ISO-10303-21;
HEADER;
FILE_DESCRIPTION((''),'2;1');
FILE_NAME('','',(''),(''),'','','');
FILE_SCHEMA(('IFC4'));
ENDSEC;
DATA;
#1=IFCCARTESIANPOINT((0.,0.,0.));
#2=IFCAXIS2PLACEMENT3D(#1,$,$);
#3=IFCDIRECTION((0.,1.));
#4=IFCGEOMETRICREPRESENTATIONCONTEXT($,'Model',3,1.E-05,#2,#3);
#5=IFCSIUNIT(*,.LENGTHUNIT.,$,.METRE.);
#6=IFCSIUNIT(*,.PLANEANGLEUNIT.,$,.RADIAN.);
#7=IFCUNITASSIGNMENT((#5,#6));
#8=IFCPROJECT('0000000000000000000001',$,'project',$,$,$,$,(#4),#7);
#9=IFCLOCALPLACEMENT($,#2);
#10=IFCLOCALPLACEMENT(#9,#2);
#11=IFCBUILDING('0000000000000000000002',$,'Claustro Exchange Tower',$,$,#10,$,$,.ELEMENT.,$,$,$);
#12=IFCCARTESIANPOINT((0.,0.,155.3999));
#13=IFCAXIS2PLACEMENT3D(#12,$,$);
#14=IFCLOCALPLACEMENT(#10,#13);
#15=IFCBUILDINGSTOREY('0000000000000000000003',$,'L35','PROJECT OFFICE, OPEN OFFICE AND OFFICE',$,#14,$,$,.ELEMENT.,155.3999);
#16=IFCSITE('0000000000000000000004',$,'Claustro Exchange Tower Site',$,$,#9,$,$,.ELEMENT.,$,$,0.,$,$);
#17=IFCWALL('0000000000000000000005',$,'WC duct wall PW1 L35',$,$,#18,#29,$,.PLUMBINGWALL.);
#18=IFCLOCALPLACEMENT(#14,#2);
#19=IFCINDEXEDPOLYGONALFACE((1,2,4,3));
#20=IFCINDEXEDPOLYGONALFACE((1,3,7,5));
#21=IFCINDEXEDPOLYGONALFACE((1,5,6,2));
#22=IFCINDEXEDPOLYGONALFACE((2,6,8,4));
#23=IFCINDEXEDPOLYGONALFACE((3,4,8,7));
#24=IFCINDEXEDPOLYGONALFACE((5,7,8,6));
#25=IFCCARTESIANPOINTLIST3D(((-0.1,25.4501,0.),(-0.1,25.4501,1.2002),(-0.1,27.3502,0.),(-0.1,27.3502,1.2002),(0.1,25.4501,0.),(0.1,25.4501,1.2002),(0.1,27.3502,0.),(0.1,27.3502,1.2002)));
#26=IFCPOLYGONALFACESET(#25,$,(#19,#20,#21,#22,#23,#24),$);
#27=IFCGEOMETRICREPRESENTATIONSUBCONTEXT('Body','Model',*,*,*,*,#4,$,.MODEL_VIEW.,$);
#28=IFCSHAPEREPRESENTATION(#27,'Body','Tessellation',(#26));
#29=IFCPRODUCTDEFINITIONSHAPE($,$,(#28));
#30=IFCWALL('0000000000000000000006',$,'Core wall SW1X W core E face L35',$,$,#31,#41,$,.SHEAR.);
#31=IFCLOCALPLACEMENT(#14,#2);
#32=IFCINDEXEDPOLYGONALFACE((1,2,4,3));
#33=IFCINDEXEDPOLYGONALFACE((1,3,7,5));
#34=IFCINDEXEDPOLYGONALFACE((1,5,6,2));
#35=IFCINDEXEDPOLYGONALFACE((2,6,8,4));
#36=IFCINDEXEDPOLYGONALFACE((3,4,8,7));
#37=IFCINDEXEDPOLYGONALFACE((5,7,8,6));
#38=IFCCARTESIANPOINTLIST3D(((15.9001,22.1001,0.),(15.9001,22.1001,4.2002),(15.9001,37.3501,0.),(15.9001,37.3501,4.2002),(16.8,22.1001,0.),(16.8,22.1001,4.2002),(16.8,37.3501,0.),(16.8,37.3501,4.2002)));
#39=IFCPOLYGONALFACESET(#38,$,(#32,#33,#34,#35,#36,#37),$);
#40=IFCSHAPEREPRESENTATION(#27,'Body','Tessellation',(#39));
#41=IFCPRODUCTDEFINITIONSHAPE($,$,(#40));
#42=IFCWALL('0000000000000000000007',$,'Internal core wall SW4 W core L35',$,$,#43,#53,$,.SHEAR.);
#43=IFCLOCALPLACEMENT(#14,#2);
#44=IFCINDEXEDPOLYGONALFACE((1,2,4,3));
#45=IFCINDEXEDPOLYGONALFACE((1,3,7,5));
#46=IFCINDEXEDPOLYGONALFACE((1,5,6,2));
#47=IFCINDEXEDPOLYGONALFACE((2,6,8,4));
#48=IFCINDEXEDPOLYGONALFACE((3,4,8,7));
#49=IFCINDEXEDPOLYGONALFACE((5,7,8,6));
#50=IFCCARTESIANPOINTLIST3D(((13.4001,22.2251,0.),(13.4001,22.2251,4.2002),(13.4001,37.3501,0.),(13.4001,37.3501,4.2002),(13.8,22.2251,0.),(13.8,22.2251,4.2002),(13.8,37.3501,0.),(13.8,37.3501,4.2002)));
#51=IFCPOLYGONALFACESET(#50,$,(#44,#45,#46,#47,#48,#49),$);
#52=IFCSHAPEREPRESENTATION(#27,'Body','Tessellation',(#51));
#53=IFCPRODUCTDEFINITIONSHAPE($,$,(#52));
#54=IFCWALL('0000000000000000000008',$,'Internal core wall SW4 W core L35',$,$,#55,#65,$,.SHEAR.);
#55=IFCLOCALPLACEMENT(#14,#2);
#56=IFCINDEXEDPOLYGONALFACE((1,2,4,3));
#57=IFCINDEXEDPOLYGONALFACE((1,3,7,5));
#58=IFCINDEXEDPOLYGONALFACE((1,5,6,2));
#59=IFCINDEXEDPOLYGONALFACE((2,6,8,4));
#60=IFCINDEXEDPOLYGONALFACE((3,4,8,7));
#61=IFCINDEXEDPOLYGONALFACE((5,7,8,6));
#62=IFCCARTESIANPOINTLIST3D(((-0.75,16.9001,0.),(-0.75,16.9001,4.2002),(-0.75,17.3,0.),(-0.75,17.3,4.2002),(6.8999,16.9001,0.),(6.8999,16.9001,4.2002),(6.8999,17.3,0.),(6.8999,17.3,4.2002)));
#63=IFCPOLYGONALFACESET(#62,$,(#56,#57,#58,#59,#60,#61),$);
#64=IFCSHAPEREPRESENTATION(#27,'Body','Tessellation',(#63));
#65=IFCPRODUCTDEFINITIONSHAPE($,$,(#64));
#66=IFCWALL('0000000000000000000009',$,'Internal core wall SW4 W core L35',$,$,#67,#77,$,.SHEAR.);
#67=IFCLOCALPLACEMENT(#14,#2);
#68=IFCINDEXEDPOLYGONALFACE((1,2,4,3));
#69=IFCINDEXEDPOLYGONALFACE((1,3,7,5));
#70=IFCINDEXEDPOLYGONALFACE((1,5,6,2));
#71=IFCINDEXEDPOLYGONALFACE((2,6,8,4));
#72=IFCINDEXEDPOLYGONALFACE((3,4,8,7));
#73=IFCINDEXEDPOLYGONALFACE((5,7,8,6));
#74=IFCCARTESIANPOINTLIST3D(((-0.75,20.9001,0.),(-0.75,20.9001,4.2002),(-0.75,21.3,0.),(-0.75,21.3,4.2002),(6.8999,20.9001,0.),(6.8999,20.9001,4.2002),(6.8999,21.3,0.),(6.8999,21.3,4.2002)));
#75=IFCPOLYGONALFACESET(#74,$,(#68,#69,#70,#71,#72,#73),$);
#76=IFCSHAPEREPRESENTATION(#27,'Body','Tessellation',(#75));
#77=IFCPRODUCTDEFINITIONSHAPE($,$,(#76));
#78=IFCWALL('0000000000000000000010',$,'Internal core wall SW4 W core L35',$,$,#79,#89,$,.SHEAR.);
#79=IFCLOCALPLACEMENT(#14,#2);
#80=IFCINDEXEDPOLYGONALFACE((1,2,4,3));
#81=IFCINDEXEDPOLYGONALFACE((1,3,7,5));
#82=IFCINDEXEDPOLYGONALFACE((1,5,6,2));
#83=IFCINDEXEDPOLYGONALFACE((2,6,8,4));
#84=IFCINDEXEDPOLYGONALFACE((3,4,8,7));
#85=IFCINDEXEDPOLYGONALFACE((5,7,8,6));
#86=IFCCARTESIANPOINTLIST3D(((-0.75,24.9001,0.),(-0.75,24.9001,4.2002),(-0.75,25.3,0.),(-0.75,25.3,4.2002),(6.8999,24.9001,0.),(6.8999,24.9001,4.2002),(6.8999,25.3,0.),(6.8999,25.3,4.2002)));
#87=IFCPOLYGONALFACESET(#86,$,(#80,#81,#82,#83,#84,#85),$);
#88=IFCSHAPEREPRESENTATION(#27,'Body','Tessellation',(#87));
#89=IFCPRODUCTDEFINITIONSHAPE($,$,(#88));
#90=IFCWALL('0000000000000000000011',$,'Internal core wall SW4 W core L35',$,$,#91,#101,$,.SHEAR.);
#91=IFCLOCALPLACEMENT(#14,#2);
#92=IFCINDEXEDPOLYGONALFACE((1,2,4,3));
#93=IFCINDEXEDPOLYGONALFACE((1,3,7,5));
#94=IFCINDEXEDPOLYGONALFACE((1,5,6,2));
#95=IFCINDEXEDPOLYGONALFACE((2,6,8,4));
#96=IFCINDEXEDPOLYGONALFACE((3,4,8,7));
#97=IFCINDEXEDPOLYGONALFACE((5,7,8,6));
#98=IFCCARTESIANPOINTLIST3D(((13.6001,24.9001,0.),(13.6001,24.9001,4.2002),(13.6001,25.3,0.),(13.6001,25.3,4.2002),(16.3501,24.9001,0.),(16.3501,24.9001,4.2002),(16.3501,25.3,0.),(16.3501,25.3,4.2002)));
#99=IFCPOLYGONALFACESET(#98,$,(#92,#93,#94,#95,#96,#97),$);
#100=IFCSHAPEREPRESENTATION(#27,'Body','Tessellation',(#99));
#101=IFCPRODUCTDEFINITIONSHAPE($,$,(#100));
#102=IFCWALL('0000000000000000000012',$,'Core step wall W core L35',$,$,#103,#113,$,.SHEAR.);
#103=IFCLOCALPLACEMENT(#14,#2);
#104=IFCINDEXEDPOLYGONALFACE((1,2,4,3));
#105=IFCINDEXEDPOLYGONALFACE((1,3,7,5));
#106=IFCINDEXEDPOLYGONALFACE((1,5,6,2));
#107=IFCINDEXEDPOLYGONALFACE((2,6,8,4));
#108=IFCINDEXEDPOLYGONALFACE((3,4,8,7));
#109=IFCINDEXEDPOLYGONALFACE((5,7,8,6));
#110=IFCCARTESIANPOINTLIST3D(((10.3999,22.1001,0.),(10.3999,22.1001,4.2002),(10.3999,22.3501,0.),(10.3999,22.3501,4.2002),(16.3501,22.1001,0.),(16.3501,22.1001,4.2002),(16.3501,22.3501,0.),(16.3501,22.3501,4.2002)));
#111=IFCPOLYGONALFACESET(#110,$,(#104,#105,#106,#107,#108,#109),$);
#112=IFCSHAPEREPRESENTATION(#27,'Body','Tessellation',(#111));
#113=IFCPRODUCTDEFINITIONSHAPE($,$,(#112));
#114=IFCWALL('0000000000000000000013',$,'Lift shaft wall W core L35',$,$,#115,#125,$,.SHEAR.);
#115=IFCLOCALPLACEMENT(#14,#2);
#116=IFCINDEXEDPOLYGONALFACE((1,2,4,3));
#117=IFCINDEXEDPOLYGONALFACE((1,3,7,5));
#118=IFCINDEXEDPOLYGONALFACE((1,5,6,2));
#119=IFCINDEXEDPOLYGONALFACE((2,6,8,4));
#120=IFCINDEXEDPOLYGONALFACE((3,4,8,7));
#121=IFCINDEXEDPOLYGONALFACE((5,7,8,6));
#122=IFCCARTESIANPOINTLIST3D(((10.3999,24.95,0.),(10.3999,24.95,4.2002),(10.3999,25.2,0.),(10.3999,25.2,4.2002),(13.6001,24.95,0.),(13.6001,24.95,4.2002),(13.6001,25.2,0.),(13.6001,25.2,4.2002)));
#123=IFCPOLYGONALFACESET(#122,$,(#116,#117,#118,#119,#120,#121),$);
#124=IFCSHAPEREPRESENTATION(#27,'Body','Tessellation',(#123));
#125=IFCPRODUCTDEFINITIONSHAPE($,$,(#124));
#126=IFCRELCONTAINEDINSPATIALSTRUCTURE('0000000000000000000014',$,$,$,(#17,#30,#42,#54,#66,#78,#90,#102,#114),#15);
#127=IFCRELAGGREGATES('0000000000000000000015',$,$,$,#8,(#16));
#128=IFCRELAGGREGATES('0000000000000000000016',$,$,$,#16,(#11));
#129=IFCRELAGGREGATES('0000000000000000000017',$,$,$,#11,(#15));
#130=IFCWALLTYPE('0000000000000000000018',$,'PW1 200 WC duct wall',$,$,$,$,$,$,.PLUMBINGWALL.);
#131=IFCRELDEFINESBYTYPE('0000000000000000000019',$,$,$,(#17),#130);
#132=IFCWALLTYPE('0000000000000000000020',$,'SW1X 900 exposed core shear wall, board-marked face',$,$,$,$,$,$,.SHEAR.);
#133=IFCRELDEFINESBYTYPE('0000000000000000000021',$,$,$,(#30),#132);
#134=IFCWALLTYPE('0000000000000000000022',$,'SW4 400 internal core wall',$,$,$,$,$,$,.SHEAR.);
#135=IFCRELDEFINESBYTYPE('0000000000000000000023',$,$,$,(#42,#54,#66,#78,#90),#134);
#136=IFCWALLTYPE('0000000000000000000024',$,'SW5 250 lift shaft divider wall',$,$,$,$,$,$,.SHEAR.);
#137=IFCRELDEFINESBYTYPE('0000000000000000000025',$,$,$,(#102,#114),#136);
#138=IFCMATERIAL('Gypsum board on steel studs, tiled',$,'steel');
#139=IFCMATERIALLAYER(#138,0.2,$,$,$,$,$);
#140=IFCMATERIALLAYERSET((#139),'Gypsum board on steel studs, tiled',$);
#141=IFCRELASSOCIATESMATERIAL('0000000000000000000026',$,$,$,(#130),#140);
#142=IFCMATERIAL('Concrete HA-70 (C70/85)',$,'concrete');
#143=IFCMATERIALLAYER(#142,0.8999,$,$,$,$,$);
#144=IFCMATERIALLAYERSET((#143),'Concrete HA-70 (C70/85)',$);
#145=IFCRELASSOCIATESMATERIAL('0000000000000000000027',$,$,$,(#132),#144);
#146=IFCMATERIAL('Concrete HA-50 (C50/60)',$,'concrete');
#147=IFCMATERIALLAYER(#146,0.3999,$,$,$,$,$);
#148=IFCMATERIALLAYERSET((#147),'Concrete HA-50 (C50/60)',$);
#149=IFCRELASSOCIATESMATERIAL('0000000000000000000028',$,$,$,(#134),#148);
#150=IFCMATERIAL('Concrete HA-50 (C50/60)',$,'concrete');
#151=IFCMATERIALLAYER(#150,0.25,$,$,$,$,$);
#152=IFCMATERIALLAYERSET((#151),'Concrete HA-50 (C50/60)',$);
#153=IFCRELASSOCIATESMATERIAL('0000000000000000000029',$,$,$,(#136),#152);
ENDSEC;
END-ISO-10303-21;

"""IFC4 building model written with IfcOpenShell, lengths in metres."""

from ifc_helpers import new_model, si_unit, direction, frame, frame_2d, origin, place, context, subcontext, project, spatial, rectangle, extrude, material, layer, layer_set, type_object, element, save


model = new_model("IFC4")

# Units and contexts
model_context = context("Model", 3, precision=1e-05, world=origin(), true_north=direction((0.0, 1.0)))
body_context = subcontext(model_context, "Body", "Model", "MODEL_VIEW")
ifc_project = project(units=[si_unit("LENGTHUNIT", "METRE"), si_unit("PLANEANGLEUNIT", "RADIAN")], contexts=[model_context])

# Site, building, storey
site_placement = place(None, origin())
site = spatial("IfcSite", under=ifc_project, at=site_placement, Name="Claustro Exchange Tower Site", CompositionType="ELEMENT", RefElevation=0.0)
building_placement = place(site_placement, origin())
building = spatial("IfcBuilding", under=site, at=building_placement, Name="Claustro Exchange Tower", CompositionType="ELEMENT")
storey_placement = place(building_placement, frame((0.0, 0.0, 155.3999)))
storey = spatial("IfcBuildingStorey", under=building, at=storey_placement, Name="L35", Description="PROJECT OFFICE, OPEN OFFICE AND OFFICE", CompositionType="ELEMENT", Elevation=155.3999)

# Walls
ifc_material_1 = material(Name="Gypsum board on steel studs, tiled", Category="steel")
ifc_layer_1 = layer(ifc_material_1, 0.2)
ifc_layer_set_1 = layer_set([ifc_layer_1], Name="Gypsum board on steel studs, tiled")
wall_type_1 = type_object("IfcWallType", Name="PW1 200 WC duct wall", PredefinedType="PLUMBINGWALL", material=ifc_layer_set_1)
wall_1_placement = place(storey_placement, frame((0.0, 25.45, 0.0), z_axis=(0.0, 0.0, 1.0), x_axis=(0.0, 1.0, 0.0)))
element("IfcWall", 1, at=wall_1_placement, inside=storey, type_object=wall_type_1, Name="WC duct wall PW1 L35", PredefinedType="PLUMBINGWALL", context=body_context, shape_type="SweptSolid", body=[
    extrude(rectangle(XDim=1.9001, YDim=0.2, at=frame_2d((0.9502, 0.0))), origin(), (0.0, 0.0, 1.0), 1.2002),
])
ifc_material_2 = material(Name="Concrete HA-70 (C70/85)", Category="concrete")
ifc_layer_2 = layer(ifc_material_2, 0.8999)
ifc_layer_set_2 = layer_set([ifc_layer_2], Name="Concrete HA-70 (C70/85)")
wall_type_2 = type_object("IfcWallType", Name="SW1X 900 exposed core shear wall, board-marked face", PredefinedType="SHEAR", material=ifc_layer_set_2)
wall_2_placement = place(storey_placement, frame((16.3501, 22.1001, 0.0), z_axis=(0.0, 0.0, 1.0), x_axis=(0.0, 1.0, 0.0)))
element("IfcWall", 2, at=wall_2_placement, inside=storey, type_object=wall_type_2, Name="Core wall SW1X W core E face L35", PredefinedType="SHEAR", context=body_context, shape_type="SweptSolid", body=[
    extrude(rectangle(XDim=15.25, YDim=0.8999, at=frame_2d((7.625, 0.0))), origin(), (0.0, 0.0, 1.0), 4.2002),
])
ifc_material_3 = material(Name="Concrete HA-50 (C50/60)", Category="concrete")
ifc_layer_3 = layer(ifc_material_3, 0.3999)
ifc_layer_set_3 = layer_set([ifc_layer_3], Name="Concrete HA-50 (C50/60)")
wall_type_3 = type_object("IfcWallType", Name="SW4 400 internal core wall", PredefinedType="SHEAR", material=ifc_layer_set_3)
wall_3_placement = place(storey_placement, frame((13.6001, 22.2251, 0.0), z_axis=(0.0, 0.0, 1.0), x_axis=(0.0, 1.0, 0.0)))
element("IfcWall", 3, at=wall_3_placement, inside=storey, type_object=wall_type_3, Name="Internal core wall SW4 W core L35", PredefinedType="SHEAR", context=body_context, shape_type="SweptSolid", body=[
    extrude(rectangle(XDim=15.125, YDim=0.3999, at=frame_2d((7.5625, 0.0))), origin(), (0.0, 0.0, 1.0), 4.2002),
])
for number, where, z_axis, x_axis, name in (
    (4, (-0.75, 17.1001, 0.0), (0.0, 0.0, 1.0), (1.0, 0.0, 0.0), "Internal core wall SW4 W core L35"),
    (5, (-0.75, 21.1001, 0.0), (0.0, 0.0, 1.0), (1.0, 0.0, 0.0), "Internal core wall SW4 W core L35"),
    (6, (-0.75, 25.1001, 0.0), (0.0, 0.0, 1.0), (1.0, 0.0, 0.0), "Internal core wall SW4 W core L35"),
):
    element("IfcWall", number, at=place(storey_placement, frame(where, z_axis=z_axis, x_axis=x_axis)), inside=storey, type_object=wall_type_3, Name=name, PredefinedType="SHEAR", context=body_context, shape_type="SweptSolid", body=[
        extrude(rectangle(XDim=7.6499, YDim=0.3999, at=frame_2d((3.825, 0.0))), origin(), (0.0, 0.0, 1.0), 4.2002),
    ])
wall_4_placement = place(storey_placement, frame((13.6001, 25.1001, 0.0), z_axis=(0.0, 0.0, 1.0), x_axis=(1.0, 0.0, 0.0)))
element("IfcWall", 7, at=wall_4_placement, inside=storey, type_object=wall_type_3, Name="Internal core wall SW4 W core L35", PredefinedType="SHEAR", context=body_context, shape_type="SweptSolid", body=[
    extrude(rectangle(XDim=2.75, YDim=0.3999, at=frame_2d((1.375, 0.0))), origin(), (0.0, 0.0, 1.0), 4.2002),
])
ifc_material_4 = material(Name="Concrete HA-50 (C50/60)", Category="concrete")
ifc_layer_4 = layer(ifc_material_4, 0.25)
ifc_layer_set_4 = layer_set([ifc_layer_4], Name="Concrete HA-50 (C50/60)")
wall_type_4 = type_object("IfcWallType", Name="SW5 250 lift shaft divider wall", PredefinedType="SHEAR", material=ifc_layer_set_4)
wall_5_placement = place(storey_placement, frame((10.3999, 22.2251, 0.0), z_axis=(0.0, 0.0, 1.0), x_axis=(1.0, 0.0, 0.0)))
element("IfcWall", 8, at=wall_5_placement, inside=storey, type_object=wall_type_4, Name="Core step wall W core L35", PredefinedType="SHEAR", context=body_context, shape_type="SweptSolid", body=[
    extrude(rectangle(XDim=5.9502, YDim=0.25, at=frame_2d((2.9751, 0.0))), origin(), (0.0, 0.0, 1.0), 4.2002),
])
wall_6_placement = place(storey_placement, frame((10.3999, 25.075, 0.0), z_axis=(0.0, 0.0, 1.0), x_axis=(1.0, 0.0, 0.0)))
element("IfcWall", 9, at=wall_6_placement, inside=storey, type_object=wall_type_4, Name="Lift shaft wall W core L35", PredefinedType="SHEAR", context=body_context, shape_type="SweptSolid", body=[
    extrude(rectangle(XDim=3.2002, YDim=0.25, at=frame_2d((1.6001, 0.0))), origin(), (0.0, 0.0, 1.0), 4.2002),
])

save(model, "model.ifc")
